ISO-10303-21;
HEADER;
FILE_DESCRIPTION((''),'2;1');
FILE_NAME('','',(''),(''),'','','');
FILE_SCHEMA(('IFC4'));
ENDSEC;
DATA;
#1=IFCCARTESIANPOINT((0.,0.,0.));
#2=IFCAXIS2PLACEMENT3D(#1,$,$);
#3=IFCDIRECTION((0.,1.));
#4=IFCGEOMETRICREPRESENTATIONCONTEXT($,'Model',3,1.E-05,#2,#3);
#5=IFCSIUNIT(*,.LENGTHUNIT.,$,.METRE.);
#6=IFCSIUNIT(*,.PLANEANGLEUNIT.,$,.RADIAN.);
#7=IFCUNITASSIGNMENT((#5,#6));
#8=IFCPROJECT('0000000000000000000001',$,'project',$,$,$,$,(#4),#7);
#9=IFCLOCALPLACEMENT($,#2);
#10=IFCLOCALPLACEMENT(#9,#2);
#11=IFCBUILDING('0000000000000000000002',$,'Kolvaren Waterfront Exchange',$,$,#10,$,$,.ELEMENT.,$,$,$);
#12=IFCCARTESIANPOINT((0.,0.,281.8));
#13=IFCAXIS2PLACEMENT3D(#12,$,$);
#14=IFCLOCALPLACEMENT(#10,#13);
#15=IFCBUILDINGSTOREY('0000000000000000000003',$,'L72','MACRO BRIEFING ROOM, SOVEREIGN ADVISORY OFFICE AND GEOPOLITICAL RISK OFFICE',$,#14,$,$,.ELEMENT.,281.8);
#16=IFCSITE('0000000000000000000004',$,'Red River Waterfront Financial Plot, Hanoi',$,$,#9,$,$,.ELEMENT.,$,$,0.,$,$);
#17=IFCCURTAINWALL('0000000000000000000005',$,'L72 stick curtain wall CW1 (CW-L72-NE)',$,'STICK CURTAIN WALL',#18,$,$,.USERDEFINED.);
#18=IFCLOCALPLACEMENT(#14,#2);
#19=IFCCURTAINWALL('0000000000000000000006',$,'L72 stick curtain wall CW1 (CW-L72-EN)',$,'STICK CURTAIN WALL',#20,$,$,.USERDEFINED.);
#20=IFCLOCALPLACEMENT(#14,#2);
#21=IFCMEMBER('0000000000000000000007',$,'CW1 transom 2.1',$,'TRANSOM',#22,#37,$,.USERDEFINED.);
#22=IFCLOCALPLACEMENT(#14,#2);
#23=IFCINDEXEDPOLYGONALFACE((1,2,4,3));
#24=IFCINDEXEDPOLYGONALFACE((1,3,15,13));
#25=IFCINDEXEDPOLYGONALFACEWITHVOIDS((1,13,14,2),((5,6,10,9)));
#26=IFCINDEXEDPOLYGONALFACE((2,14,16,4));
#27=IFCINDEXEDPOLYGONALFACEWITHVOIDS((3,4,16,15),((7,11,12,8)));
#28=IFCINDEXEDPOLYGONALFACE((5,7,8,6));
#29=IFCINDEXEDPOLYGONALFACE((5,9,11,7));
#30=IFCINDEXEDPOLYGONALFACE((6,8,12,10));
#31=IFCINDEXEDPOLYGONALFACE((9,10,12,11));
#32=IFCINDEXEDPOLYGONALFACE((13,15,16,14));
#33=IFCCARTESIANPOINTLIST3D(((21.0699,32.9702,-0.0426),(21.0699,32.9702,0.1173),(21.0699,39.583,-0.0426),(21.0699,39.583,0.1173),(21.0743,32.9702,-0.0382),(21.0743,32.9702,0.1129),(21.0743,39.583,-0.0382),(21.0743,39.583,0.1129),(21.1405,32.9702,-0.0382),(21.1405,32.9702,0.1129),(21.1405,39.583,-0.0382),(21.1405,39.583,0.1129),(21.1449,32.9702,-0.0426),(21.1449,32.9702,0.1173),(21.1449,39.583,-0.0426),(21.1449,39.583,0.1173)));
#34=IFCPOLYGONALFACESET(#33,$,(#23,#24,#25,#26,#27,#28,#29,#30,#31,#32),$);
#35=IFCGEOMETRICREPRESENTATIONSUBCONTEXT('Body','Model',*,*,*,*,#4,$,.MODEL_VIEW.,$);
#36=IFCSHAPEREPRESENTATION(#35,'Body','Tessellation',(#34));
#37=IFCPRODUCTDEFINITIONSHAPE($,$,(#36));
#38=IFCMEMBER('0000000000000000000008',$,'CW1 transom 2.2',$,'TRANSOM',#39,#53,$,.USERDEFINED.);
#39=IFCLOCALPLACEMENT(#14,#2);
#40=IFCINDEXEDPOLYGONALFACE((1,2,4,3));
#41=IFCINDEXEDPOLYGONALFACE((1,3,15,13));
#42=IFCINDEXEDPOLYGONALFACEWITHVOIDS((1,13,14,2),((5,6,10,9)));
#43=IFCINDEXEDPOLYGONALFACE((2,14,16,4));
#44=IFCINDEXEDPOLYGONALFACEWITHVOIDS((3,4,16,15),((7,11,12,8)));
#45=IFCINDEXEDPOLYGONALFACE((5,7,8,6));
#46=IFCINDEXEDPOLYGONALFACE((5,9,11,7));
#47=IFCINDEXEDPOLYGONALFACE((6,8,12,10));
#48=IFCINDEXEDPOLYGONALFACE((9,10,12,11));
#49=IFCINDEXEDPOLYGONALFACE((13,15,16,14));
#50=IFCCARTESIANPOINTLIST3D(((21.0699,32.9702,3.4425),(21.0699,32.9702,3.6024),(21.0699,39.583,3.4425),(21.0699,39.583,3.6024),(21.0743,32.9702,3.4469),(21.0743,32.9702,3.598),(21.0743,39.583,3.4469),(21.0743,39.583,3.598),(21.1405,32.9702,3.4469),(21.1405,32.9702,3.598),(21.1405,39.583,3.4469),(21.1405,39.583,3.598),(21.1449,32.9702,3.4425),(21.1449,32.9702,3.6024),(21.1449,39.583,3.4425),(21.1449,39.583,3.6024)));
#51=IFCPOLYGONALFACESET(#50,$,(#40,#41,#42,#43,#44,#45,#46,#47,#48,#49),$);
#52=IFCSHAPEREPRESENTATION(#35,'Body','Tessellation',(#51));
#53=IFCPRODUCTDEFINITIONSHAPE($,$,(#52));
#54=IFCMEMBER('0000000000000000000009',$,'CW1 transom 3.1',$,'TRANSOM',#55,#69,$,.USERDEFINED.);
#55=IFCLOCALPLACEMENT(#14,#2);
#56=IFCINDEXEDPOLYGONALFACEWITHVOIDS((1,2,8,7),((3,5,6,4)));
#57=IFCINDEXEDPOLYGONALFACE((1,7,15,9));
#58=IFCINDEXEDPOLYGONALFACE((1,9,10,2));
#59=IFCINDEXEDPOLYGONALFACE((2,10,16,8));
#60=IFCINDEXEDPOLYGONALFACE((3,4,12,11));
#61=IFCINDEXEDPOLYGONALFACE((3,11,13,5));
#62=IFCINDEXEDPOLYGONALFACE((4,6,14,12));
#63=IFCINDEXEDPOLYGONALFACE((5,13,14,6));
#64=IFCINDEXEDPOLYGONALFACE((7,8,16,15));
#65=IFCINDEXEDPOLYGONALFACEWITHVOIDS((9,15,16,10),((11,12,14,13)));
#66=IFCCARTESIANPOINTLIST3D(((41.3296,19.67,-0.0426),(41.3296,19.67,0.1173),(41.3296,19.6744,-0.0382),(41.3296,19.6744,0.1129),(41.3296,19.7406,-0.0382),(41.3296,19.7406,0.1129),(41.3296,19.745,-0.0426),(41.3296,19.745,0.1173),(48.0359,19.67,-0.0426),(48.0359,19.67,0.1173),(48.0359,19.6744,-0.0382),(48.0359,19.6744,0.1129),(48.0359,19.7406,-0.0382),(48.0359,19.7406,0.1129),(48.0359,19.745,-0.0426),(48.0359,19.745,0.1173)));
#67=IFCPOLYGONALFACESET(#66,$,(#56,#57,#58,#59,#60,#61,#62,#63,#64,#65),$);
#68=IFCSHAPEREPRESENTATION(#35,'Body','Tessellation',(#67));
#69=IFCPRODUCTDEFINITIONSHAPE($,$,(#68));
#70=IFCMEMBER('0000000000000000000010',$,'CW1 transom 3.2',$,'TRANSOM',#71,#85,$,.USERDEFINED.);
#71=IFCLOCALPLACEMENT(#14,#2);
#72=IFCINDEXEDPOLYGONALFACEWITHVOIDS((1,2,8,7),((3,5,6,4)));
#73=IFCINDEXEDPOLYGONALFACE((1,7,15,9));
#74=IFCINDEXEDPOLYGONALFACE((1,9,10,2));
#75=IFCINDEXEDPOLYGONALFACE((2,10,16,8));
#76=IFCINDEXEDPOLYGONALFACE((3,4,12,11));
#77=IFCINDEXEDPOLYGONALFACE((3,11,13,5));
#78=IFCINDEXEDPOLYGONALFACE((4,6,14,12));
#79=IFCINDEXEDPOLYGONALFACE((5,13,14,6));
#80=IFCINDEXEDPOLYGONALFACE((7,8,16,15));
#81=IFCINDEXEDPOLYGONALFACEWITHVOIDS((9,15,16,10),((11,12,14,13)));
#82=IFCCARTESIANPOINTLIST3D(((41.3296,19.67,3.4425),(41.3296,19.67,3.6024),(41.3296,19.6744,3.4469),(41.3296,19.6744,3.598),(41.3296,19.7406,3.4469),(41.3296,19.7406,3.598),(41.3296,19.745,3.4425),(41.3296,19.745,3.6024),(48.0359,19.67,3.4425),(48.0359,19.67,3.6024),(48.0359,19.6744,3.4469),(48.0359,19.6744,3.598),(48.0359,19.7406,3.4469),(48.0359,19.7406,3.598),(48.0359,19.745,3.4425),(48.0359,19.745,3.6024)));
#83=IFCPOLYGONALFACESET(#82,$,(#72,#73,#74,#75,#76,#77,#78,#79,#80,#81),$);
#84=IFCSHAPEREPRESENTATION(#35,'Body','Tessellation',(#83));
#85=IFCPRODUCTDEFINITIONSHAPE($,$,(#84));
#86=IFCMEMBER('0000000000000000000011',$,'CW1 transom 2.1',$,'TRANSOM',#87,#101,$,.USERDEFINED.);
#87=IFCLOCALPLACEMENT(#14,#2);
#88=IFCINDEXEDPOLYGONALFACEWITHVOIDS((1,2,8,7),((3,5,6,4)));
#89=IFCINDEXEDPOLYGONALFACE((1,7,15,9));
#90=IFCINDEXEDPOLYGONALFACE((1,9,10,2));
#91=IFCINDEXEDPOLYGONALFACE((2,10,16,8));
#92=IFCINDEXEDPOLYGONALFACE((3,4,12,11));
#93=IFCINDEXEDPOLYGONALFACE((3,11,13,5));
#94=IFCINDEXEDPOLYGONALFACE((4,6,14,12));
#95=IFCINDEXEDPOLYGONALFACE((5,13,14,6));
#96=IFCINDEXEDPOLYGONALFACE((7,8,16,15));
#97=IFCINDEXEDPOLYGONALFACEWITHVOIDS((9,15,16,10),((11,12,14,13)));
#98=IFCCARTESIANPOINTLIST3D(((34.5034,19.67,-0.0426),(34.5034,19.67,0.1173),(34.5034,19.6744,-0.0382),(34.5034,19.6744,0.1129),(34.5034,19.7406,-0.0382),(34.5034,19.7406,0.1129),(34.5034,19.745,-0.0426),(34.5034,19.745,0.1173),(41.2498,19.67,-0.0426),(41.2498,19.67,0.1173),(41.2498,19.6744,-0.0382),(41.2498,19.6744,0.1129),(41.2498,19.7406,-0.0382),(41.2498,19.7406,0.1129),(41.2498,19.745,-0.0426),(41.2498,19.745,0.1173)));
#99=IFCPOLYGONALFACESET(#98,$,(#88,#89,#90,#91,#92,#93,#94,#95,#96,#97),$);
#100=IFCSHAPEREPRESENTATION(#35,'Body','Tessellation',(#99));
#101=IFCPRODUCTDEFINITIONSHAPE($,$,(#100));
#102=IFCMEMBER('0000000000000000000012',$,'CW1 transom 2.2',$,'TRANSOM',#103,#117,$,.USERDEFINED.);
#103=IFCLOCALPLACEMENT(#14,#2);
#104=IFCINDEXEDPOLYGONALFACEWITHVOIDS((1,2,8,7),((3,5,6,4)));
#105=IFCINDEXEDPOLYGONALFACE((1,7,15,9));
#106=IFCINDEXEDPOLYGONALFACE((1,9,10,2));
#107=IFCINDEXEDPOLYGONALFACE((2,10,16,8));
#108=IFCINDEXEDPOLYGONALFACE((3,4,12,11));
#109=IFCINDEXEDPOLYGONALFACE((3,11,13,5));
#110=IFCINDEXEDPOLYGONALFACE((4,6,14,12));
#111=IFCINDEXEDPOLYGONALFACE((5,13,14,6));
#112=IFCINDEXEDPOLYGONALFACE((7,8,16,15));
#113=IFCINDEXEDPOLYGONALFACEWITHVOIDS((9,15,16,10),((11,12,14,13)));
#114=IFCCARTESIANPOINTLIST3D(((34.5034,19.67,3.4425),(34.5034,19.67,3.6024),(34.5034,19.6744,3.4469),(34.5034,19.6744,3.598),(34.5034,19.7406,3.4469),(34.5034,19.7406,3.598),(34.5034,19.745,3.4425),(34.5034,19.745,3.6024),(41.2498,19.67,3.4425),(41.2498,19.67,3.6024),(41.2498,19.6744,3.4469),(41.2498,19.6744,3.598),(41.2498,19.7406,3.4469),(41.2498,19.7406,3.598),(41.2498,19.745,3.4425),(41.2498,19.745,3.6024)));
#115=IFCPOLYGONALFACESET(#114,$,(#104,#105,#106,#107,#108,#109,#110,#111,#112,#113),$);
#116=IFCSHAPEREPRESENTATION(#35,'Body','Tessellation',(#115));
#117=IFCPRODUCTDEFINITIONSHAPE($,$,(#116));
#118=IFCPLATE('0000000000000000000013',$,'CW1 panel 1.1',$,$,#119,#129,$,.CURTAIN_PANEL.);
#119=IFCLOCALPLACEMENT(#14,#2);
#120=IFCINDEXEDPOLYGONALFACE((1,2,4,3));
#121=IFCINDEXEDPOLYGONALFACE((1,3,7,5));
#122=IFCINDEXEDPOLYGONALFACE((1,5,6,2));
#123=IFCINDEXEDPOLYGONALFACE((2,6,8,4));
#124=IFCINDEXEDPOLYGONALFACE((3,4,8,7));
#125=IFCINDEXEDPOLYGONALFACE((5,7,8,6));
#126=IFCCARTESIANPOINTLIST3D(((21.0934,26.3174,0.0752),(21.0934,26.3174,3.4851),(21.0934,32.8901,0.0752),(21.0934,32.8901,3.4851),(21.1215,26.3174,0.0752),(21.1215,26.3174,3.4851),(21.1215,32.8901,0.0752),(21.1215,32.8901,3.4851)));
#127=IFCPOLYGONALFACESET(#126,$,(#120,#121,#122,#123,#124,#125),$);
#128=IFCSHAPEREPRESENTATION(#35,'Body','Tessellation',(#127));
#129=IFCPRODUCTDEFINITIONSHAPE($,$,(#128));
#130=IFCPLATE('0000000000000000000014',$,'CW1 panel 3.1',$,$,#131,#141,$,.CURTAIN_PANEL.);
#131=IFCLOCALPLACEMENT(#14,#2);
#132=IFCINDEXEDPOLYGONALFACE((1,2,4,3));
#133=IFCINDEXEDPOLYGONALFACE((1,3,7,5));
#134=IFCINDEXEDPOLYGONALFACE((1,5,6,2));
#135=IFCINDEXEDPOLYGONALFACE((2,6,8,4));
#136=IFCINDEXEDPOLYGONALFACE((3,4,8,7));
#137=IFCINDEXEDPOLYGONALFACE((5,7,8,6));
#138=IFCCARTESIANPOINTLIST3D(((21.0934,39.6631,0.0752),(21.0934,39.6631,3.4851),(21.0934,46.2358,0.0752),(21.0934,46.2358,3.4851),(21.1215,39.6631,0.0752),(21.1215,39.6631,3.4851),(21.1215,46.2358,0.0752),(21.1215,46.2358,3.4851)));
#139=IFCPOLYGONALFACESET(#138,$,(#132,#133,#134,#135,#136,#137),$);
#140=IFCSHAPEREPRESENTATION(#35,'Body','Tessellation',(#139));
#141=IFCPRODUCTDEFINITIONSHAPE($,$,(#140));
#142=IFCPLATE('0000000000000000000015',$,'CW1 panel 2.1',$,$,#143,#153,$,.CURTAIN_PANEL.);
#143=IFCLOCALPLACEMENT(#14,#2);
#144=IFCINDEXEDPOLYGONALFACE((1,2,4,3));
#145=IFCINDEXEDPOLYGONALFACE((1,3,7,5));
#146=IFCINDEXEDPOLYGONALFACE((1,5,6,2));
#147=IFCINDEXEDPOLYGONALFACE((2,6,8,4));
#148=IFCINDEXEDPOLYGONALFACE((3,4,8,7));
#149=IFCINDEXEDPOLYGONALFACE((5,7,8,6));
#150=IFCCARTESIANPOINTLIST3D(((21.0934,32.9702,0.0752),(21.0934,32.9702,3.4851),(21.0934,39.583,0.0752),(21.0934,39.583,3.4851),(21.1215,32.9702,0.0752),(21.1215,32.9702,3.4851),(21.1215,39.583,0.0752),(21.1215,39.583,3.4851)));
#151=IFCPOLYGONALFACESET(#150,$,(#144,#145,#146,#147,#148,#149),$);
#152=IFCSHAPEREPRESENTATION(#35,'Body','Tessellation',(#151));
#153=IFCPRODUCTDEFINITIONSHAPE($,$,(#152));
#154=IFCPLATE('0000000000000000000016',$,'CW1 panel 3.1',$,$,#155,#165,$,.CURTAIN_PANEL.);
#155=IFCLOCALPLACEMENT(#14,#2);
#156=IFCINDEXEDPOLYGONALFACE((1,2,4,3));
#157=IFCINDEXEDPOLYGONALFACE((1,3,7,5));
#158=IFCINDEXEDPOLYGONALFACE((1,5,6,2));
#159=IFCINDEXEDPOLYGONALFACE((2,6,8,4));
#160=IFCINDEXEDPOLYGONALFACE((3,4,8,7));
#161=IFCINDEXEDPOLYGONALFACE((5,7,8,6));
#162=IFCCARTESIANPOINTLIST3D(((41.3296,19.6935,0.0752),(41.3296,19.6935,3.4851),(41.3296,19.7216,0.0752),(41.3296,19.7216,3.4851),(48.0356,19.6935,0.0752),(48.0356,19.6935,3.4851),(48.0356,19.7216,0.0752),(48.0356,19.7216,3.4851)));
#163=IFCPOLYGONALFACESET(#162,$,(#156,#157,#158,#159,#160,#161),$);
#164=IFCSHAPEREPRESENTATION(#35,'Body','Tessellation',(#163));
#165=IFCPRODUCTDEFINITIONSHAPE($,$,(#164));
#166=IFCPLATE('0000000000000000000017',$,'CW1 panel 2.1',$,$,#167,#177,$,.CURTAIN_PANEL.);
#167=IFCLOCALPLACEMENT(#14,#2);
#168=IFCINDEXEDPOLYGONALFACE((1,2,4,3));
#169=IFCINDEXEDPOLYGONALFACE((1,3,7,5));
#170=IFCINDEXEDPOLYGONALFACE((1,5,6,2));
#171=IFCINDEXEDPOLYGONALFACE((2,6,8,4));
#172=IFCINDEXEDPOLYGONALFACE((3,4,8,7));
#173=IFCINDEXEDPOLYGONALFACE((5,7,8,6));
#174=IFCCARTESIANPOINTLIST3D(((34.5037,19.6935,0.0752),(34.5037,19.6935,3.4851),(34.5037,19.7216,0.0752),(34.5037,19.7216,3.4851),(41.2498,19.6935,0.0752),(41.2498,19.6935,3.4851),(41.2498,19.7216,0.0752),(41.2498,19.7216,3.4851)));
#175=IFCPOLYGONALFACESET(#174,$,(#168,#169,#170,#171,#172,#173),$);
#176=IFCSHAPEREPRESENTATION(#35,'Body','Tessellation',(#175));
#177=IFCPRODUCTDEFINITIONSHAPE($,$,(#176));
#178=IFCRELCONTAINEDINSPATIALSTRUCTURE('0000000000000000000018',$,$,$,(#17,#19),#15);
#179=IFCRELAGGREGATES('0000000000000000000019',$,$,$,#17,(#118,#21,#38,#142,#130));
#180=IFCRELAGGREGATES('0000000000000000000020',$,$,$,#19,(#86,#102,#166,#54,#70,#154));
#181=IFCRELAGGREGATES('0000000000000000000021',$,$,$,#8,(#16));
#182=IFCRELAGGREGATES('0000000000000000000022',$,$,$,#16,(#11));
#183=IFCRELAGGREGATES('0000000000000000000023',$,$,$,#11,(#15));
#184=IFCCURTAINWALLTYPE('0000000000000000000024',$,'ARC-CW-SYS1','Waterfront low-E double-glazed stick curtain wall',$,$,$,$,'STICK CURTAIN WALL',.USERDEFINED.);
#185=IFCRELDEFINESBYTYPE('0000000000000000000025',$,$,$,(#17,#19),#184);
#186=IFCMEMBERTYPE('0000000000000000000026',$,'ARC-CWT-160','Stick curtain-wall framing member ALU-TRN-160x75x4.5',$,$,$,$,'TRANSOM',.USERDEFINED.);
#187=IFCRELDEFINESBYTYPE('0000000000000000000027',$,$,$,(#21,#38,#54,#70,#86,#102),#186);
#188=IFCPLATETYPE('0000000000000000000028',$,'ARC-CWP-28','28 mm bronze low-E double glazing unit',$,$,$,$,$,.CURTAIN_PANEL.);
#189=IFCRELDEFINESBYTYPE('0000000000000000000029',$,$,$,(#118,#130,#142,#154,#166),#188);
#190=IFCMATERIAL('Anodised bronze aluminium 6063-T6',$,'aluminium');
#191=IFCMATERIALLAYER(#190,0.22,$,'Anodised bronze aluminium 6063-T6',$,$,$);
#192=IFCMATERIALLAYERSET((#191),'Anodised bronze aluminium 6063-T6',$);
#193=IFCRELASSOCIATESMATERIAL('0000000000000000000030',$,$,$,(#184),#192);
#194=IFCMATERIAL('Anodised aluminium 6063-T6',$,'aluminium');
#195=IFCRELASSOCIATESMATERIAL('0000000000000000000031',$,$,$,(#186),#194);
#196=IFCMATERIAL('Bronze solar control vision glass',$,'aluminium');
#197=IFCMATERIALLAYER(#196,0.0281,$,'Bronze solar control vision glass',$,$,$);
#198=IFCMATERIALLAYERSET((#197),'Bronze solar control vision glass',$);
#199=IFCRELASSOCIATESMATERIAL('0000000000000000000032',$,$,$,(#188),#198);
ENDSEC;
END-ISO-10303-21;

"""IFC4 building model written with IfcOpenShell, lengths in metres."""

from ifc_helpers import new_model, si_unit, direction, frame, origin, origin_with_axes, origin_2d, place, context, subcontext, project, spatial, rectangle, hollow_rectangle, extrude, source, transform, mapped, material, layer, layer_set, material_profile, profile_set, type_object, element, aggregate, save


model = new_model("IFC4")

# Units and contexts
model_context = context("Model", 3, precision=1e-05, world=origin(), true_north=direction((0.0, 1.0)))
body_context = subcontext(model_context, "Body", "Model", "MODEL_VIEW")
ifc_project = project(units=[si_unit("LENGTHUNIT", "METRE"), si_unit("PLANEANGLEUNIT", "RADIAN")], contexts=[model_context])

# Site, building, storey
site_placement = place(None, origin())
site = spatial("IfcSite", under=ifc_project, at=site_placement, Name="Red River Waterfront Financial Plot, Hanoi", CompositionType="ELEMENT", RefElevation=0.0)
building_placement = place(site_placement, origin())
building = spatial("IfcBuilding", under=site, at=building_placement, Name="Kolvaren Waterfront Exchange", CompositionType="ELEMENT")
storey_placement = place(building_placement, frame((0.0, 0.0, 281.8)))
storey = spatial("IfcBuildingStorey", under=building, at=storey_placement, Name="L72", Description="MACRO BRIEFING ROOM, SOVEREIGN ADVISORY OFFICE AND GEOPOLITICAL RISK OFFICE", CompositionType="ELEMENT", Elevation=281.8)

# Curtain walls
ifc_material_1 = material(Name="Anodised bronze aluminium 6063-T6", Category="aluminium")
ifc_layer_1 = layer(ifc_material_1, 0.22, Name="Anodised bronze aluminium 6063-T6")
ifc_layer_set_1 = layer_set([ifc_layer_1], Name="Anodised bronze aluminium 6063-T6")
curtain_wall_type = type_object("IfcCurtainWallType", Name="ARC-CW-SYS1", Description="Waterfront low-E double-glazed stick curtain wall", ElementType="STICK CURTAIN WALL", PredefinedType="USERDEFINED", material=ifc_layer_set_1)
curtain_wall_1_placement = place(storey_placement, origin())
curtain_wall_1 = element("IfcCurtainWall", 1, at=curtain_wall_1_placement, inside=storey, type_object=curtain_wall_type, Name="L72 stick curtain wall CW1 (CW-L72-NE)", ObjectType="STICK CURTAIN WALL", PredefinedType="USERDEFINED")
ifc_material_2 = material(Name="Anodised aluminium 6063-T6", Category="aluminium")
curtain_wall_2_placement = place(storey_placement, origin())
curtain_wall_2 = element("IfcCurtainWall", 2, at=curtain_wall_2_placement, inside=storey, type_object=curtain_wall_type, Name="L72 stick curtain wall CW1 (CW-L72-EN)", ObjectType="STICK CURTAIN WALL", PredefinedType="USERDEFINED")

# Members
ifc_material_profile_1 = material_profile(ifc_material_2, hollow_rectangle(XDim=0.075, YDim=0.1599, WallThickness=0.0044, at=origin_2d()), Name="ALU-TRN-160x75x4.5")
ifc_profile_set_1 = profile_set([ifc_material_profile_1], Name="Anodised aluminium 6063-T6")
member_type_1 = type_object("IfcMemberType", Name="ARC-CWT-160", Description="Stick curtain-wall framing member ALU-TRN-160x75x4.5", ElementType="TRANSOM", PredefinedType="USERDEFINED", material=ifc_profile_set_1)
shared_shape_1 = source(origin_with_axes(), body_context, "Body", "SweptSolid", [
    extrude(hollow_rectangle(XDim=0.075, YDim=0.1599, WallThickness=0.0044, at=origin_2d()), origin(), (0.0, 0.0, 1.0), 6.6128),
])
member_1_placement = place(storey_placement, frame((21.1074, 32.9702, 0.0374), z_axis=(0.0, 1.0, 0.0), x_axis=(-1.0, 0.0, 0.0)))
member_1 = element("IfcMember", 3, at=member_1_placement, type_object=member_type_1, Name="CW1 transom 2.1", ObjectType="TRANSOM", PredefinedType="USERDEFINED", context=body_context, shape_type="MappedRepresentation", body=[
    mapped(shared_shape_1, transform((0.0, 0.0, 0.0), x_axis=(1.0, 0.0, 0.0), y_axis=(0.0, 1.0, 0.0), z_axis=(0.0, 0.0, 1.0), scale=1.0)),
])
member_2_placement = place(storey_placement, frame((21.1074, 32.9702, 3.5225), z_axis=(0.0, 1.0, 0.0), x_axis=(-1.0, 0.0, 0.0)))
member_2 = element("IfcMember", 4, at=member_2_placement, type_object=member_type_1, Name="CW1 transom 2.2", ObjectType="TRANSOM", PredefinedType="USERDEFINED", context=body_context, shape_type="MappedRepresentation", body=[
    mapped(shared_shape_1, transform((0.0, 0.0, 0.0), x_axis=(1.0, 0.0, 0.0), y_axis=(0.0, 1.0, 0.0), z_axis=(0.0, 0.0, 1.0), scale=1.0)),
])
shared_shape_2 = source(origin_with_axes(), body_context, "Body", "SweptSolid", [
    extrude(hollow_rectangle(XDim=0.075, YDim=0.1599, WallThickness=0.0044, at=origin_2d()), origin(), (0.0, 0.0, 1.0), 6.7063),
])
member_3_placement = place(storey_placement, frame((41.3296, 19.7075, 0.0374), z_axis=(1.0, 0.0, 0.0), x_axis=(0.0, 1.0, 0.0)))
member_3 = element("IfcMember", 5, at=member_3_placement, type_object=member_type_1, Name="CW1 transom 3.1", ObjectType="TRANSOM", PredefinedType="USERDEFINED", context=body_context, shape_type="MappedRepresentation", body=[
    mapped(shared_shape_2, transform((0.0, 0.0, 0.0), x_axis=(1.0, 0.0, 0.0), y_axis=(0.0, 1.0, 0.0), z_axis=(0.0, 0.0, 1.0), scale=1.0)),
])
member_4_placement = place(storey_placement, frame((41.3296, 19.7075, 3.5225), z_axis=(1.0, 0.0, 0.0), x_axis=(0.0, 1.0, 0.0)))
member_4 = element("IfcMember", 6, at=member_4_placement, type_object=member_type_1, Name="CW1 transom 3.2", ObjectType="TRANSOM", PredefinedType="USERDEFINED", context=body_context, shape_type="MappedRepresentation", body=[
    mapped(shared_shape_2, transform((0.0, 0.0, 0.0), x_axis=(1.0, 0.0, 0.0), y_axis=(0.0, 1.0, 0.0), z_axis=(0.0, 0.0, 1.0), scale=1.0)),
])
shared_shape_3 = source(origin_with_axes(), body_context, "Body", "SweptSolid", [
    extrude(hollow_rectangle(XDim=0.075, YDim=0.1599, WallThickness=0.0044, at=origin_2d()), origin(), (0.0, 0.0, 1.0), 6.7463),
])
member_5_placement = place(storey_placement, frame((34.5034, 19.7075, 0.0374), z_axis=(1.0, 0.0, 0.0), x_axis=(0.0, 1.0, 0.0)))
member_5 = element("IfcMember", 7, at=member_5_placement, type_object=member_type_1, Name="CW1 transom 2.1", ObjectType="TRANSOM", PredefinedType="USERDEFINED", context=body_context, shape_type="MappedRepresentation", body=[
    mapped(shared_shape_3, transform((0.0, 0.0, 0.0), x_axis=(1.0, 0.0, 0.0), y_axis=(0.0, 1.0, 0.0), z_axis=(0.0, 0.0, 1.0), scale=1.0)),
])
member_6_placement = place(storey_placement, frame((34.5034, 19.7075, 3.5225), z_axis=(1.0, 0.0, 0.0), x_axis=(0.0, 1.0, 0.0)))
member_6 = element("IfcMember", 8, at=member_6_placement, type_object=member_type_1, Name="CW1 transom 2.2", ObjectType="TRANSOM", PredefinedType="USERDEFINED", context=body_context, shape_type="MappedRepresentation", body=[
    mapped(shared_shape_3, transform((0.0, 0.0, 0.0), x_axis=(1.0, 0.0, 0.0), y_axis=(0.0, 1.0, 0.0), z_axis=(0.0, 0.0, 1.0), scale=1.0)),
])

# Plates
ifc_material_3 = material(Name="Bronze solar control vision glass", Category="aluminium")
ifc_layer_2 = layer(ifc_material_3, 0.0281, Name="Bronze solar control vision glass")
ifc_layer_set_2 = layer_set([ifc_layer_2], Name="Bronze solar control vision glass")
plate_type = type_object("IfcPlateType", Name="ARC-CWP-28", Description="28 mm bronze low-E double glazing unit", PredefinedType="CURTAIN_PANEL", material=ifc_layer_set_2)
shared_shape_4 = source(origin_with_axes(), body_context, "Body", "SweptSolid", [
    extrude(rectangle(XDim=6.5728, YDim=0.0281, at=origin_2d()), origin(), (0.0, 0.0, 1.0), 3.4099),
])
plate_1_placement = place(storey_placement, frame((21.1074, 29.6038, 0.0752), z_axis=(0.0, 0.0, 1.0), x_axis=(0.0, 1.0, 0.0)))
plate_1 = element("IfcPlate", 9, at=plate_1_placement, type_object=plate_type, Name="CW1 panel 1.1", PredefinedType="CURTAIN_PANEL", context=body_context, shape_type="MappedRepresentation", body=[
    mapped(shared_shape_4, transform((0.0, 0.0, 0.0), x_axis=(1.0, 0.0, 0.0), y_axis=(0.0, 1.0, 0.0), z_axis=(0.0, 0.0, 1.0), scale=1.0)),
])
plate_2_placement = place(storey_placement, frame((21.1074, 42.9495, 0.0752), z_axis=(0.0, 0.0, 1.0), x_axis=(0.0, 1.0, 0.0)))
plate_2 = element("IfcPlate", 10, at=plate_2_placement, type_object=plate_type, Name="CW1 panel 3.1", PredefinedType="CURTAIN_PANEL", context=body_context, shape_type="MappedRepresentation", body=[
    mapped(shared_shape_4, transform((0.0, 0.0, 0.0), x_axis=(1.0, 0.0, 0.0), y_axis=(0.0, 1.0, 0.0), z_axis=(0.0, 0.0, 1.0), scale=1.0)),
])
shared_shape_5 = source(origin_with_axes(), body_context, "Body", "SweptSolid", [
    extrude(rectangle(XDim=6.6128, YDim=0.0281, at=origin_2d()), origin(), (0.0, 0.0, 1.0), 3.4099),
])
plate_3_placement = place(storey_placement, frame((21.1074, 36.2766, 0.0752), z_axis=(0.0, 0.0, 1.0), x_axis=(0.0, 1.0, 0.0)))
plate_3 = element("IfcPlate", 11, at=plate_3_placement, type_object=plate_type, Name="CW1 panel 2.1", PredefinedType="CURTAIN_PANEL", context=body_context, shape_type="MappedRepresentation", body=[
    mapped(shared_shape_5, transform((0.0, 0.0, 0.0), x_axis=(1.0, 0.0, 0.0), y_axis=(0.0, 1.0, 0.0), z_axis=(0.0, 0.0, 1.0), scale=1.0)),
])
aggregate(curtain_wall_1, [plate_1, member_1, member_2, plate_3, plate_2])
shared_shape_6 = source(origin_with_axes(), body_context, "Body", "SweptSolid", [
    extrude(rectangle(XDim=6.7061, YDim=0.0281, at=origin_2d()), origin(), (0.0, 0.0, 1.0), 3.4099),
])
plate_4_placement = place(storey_placement, frame((44.6826, 19.7075, 0.0752), z_axis=(0.0, 0.0, 1.0), x_axis=(1.0, 0.0, 0.0)))
plate_4 = element("IfcPlate", 12, at=plate_4_placement, type_object=plate_type, Name="CW1 panel 3.1", PredefinedType="CURTAIN_PANEL", context=body_context, shape_type="MappedRepresentation", body=[
    mapped(shared_shape_6, transform((0.0, 0.0, 0.0), x_axis=(1.0, 0.0, 0.0), y_axis=(0.0, 1.0, 0.0), z_axis=(0.0, 0.0, 1.0), scale=1.0)),
])
shared_shape_7 = source(origin_with_axes(), body_context, "Body", "SweptSolid", [
    extrude(rectangle(XDim=6.7461, YDim=0.0281, at=origin_2d()), origin(), (0.0, 0.0, 1.0), 3.4099),
])
plate_5_placement = place(storey_placement, frame((37.8767, 19.7075, 0.0752), z_axis=(0.0, 0.0, 1.0), x_axis=(1.0, 0.0, 0.0)))
plate_5 = element("IfcPlate", 13, at=plate_5_placement, type_object=plate_type, Name="CW1 panel 2.1", PredefinedType="CURTAIN_PANEL", context=body_context, shape_type="MappedRepresentation", body=[
    mapped(shared_shape_7, transform((0.0, 0.0, 0.0), x_axis=(1.0, 0.0, 0.0), y_axis=(0.0, 1.0, 0.0), z_axis=(0.0, 0.0, 1.0), scale=1.0)),
])
aggregate(curtain_wall_2, [member_5, member_6, plate_5, member_3, member_4, plate_4])

save(model, "model.ifc")
